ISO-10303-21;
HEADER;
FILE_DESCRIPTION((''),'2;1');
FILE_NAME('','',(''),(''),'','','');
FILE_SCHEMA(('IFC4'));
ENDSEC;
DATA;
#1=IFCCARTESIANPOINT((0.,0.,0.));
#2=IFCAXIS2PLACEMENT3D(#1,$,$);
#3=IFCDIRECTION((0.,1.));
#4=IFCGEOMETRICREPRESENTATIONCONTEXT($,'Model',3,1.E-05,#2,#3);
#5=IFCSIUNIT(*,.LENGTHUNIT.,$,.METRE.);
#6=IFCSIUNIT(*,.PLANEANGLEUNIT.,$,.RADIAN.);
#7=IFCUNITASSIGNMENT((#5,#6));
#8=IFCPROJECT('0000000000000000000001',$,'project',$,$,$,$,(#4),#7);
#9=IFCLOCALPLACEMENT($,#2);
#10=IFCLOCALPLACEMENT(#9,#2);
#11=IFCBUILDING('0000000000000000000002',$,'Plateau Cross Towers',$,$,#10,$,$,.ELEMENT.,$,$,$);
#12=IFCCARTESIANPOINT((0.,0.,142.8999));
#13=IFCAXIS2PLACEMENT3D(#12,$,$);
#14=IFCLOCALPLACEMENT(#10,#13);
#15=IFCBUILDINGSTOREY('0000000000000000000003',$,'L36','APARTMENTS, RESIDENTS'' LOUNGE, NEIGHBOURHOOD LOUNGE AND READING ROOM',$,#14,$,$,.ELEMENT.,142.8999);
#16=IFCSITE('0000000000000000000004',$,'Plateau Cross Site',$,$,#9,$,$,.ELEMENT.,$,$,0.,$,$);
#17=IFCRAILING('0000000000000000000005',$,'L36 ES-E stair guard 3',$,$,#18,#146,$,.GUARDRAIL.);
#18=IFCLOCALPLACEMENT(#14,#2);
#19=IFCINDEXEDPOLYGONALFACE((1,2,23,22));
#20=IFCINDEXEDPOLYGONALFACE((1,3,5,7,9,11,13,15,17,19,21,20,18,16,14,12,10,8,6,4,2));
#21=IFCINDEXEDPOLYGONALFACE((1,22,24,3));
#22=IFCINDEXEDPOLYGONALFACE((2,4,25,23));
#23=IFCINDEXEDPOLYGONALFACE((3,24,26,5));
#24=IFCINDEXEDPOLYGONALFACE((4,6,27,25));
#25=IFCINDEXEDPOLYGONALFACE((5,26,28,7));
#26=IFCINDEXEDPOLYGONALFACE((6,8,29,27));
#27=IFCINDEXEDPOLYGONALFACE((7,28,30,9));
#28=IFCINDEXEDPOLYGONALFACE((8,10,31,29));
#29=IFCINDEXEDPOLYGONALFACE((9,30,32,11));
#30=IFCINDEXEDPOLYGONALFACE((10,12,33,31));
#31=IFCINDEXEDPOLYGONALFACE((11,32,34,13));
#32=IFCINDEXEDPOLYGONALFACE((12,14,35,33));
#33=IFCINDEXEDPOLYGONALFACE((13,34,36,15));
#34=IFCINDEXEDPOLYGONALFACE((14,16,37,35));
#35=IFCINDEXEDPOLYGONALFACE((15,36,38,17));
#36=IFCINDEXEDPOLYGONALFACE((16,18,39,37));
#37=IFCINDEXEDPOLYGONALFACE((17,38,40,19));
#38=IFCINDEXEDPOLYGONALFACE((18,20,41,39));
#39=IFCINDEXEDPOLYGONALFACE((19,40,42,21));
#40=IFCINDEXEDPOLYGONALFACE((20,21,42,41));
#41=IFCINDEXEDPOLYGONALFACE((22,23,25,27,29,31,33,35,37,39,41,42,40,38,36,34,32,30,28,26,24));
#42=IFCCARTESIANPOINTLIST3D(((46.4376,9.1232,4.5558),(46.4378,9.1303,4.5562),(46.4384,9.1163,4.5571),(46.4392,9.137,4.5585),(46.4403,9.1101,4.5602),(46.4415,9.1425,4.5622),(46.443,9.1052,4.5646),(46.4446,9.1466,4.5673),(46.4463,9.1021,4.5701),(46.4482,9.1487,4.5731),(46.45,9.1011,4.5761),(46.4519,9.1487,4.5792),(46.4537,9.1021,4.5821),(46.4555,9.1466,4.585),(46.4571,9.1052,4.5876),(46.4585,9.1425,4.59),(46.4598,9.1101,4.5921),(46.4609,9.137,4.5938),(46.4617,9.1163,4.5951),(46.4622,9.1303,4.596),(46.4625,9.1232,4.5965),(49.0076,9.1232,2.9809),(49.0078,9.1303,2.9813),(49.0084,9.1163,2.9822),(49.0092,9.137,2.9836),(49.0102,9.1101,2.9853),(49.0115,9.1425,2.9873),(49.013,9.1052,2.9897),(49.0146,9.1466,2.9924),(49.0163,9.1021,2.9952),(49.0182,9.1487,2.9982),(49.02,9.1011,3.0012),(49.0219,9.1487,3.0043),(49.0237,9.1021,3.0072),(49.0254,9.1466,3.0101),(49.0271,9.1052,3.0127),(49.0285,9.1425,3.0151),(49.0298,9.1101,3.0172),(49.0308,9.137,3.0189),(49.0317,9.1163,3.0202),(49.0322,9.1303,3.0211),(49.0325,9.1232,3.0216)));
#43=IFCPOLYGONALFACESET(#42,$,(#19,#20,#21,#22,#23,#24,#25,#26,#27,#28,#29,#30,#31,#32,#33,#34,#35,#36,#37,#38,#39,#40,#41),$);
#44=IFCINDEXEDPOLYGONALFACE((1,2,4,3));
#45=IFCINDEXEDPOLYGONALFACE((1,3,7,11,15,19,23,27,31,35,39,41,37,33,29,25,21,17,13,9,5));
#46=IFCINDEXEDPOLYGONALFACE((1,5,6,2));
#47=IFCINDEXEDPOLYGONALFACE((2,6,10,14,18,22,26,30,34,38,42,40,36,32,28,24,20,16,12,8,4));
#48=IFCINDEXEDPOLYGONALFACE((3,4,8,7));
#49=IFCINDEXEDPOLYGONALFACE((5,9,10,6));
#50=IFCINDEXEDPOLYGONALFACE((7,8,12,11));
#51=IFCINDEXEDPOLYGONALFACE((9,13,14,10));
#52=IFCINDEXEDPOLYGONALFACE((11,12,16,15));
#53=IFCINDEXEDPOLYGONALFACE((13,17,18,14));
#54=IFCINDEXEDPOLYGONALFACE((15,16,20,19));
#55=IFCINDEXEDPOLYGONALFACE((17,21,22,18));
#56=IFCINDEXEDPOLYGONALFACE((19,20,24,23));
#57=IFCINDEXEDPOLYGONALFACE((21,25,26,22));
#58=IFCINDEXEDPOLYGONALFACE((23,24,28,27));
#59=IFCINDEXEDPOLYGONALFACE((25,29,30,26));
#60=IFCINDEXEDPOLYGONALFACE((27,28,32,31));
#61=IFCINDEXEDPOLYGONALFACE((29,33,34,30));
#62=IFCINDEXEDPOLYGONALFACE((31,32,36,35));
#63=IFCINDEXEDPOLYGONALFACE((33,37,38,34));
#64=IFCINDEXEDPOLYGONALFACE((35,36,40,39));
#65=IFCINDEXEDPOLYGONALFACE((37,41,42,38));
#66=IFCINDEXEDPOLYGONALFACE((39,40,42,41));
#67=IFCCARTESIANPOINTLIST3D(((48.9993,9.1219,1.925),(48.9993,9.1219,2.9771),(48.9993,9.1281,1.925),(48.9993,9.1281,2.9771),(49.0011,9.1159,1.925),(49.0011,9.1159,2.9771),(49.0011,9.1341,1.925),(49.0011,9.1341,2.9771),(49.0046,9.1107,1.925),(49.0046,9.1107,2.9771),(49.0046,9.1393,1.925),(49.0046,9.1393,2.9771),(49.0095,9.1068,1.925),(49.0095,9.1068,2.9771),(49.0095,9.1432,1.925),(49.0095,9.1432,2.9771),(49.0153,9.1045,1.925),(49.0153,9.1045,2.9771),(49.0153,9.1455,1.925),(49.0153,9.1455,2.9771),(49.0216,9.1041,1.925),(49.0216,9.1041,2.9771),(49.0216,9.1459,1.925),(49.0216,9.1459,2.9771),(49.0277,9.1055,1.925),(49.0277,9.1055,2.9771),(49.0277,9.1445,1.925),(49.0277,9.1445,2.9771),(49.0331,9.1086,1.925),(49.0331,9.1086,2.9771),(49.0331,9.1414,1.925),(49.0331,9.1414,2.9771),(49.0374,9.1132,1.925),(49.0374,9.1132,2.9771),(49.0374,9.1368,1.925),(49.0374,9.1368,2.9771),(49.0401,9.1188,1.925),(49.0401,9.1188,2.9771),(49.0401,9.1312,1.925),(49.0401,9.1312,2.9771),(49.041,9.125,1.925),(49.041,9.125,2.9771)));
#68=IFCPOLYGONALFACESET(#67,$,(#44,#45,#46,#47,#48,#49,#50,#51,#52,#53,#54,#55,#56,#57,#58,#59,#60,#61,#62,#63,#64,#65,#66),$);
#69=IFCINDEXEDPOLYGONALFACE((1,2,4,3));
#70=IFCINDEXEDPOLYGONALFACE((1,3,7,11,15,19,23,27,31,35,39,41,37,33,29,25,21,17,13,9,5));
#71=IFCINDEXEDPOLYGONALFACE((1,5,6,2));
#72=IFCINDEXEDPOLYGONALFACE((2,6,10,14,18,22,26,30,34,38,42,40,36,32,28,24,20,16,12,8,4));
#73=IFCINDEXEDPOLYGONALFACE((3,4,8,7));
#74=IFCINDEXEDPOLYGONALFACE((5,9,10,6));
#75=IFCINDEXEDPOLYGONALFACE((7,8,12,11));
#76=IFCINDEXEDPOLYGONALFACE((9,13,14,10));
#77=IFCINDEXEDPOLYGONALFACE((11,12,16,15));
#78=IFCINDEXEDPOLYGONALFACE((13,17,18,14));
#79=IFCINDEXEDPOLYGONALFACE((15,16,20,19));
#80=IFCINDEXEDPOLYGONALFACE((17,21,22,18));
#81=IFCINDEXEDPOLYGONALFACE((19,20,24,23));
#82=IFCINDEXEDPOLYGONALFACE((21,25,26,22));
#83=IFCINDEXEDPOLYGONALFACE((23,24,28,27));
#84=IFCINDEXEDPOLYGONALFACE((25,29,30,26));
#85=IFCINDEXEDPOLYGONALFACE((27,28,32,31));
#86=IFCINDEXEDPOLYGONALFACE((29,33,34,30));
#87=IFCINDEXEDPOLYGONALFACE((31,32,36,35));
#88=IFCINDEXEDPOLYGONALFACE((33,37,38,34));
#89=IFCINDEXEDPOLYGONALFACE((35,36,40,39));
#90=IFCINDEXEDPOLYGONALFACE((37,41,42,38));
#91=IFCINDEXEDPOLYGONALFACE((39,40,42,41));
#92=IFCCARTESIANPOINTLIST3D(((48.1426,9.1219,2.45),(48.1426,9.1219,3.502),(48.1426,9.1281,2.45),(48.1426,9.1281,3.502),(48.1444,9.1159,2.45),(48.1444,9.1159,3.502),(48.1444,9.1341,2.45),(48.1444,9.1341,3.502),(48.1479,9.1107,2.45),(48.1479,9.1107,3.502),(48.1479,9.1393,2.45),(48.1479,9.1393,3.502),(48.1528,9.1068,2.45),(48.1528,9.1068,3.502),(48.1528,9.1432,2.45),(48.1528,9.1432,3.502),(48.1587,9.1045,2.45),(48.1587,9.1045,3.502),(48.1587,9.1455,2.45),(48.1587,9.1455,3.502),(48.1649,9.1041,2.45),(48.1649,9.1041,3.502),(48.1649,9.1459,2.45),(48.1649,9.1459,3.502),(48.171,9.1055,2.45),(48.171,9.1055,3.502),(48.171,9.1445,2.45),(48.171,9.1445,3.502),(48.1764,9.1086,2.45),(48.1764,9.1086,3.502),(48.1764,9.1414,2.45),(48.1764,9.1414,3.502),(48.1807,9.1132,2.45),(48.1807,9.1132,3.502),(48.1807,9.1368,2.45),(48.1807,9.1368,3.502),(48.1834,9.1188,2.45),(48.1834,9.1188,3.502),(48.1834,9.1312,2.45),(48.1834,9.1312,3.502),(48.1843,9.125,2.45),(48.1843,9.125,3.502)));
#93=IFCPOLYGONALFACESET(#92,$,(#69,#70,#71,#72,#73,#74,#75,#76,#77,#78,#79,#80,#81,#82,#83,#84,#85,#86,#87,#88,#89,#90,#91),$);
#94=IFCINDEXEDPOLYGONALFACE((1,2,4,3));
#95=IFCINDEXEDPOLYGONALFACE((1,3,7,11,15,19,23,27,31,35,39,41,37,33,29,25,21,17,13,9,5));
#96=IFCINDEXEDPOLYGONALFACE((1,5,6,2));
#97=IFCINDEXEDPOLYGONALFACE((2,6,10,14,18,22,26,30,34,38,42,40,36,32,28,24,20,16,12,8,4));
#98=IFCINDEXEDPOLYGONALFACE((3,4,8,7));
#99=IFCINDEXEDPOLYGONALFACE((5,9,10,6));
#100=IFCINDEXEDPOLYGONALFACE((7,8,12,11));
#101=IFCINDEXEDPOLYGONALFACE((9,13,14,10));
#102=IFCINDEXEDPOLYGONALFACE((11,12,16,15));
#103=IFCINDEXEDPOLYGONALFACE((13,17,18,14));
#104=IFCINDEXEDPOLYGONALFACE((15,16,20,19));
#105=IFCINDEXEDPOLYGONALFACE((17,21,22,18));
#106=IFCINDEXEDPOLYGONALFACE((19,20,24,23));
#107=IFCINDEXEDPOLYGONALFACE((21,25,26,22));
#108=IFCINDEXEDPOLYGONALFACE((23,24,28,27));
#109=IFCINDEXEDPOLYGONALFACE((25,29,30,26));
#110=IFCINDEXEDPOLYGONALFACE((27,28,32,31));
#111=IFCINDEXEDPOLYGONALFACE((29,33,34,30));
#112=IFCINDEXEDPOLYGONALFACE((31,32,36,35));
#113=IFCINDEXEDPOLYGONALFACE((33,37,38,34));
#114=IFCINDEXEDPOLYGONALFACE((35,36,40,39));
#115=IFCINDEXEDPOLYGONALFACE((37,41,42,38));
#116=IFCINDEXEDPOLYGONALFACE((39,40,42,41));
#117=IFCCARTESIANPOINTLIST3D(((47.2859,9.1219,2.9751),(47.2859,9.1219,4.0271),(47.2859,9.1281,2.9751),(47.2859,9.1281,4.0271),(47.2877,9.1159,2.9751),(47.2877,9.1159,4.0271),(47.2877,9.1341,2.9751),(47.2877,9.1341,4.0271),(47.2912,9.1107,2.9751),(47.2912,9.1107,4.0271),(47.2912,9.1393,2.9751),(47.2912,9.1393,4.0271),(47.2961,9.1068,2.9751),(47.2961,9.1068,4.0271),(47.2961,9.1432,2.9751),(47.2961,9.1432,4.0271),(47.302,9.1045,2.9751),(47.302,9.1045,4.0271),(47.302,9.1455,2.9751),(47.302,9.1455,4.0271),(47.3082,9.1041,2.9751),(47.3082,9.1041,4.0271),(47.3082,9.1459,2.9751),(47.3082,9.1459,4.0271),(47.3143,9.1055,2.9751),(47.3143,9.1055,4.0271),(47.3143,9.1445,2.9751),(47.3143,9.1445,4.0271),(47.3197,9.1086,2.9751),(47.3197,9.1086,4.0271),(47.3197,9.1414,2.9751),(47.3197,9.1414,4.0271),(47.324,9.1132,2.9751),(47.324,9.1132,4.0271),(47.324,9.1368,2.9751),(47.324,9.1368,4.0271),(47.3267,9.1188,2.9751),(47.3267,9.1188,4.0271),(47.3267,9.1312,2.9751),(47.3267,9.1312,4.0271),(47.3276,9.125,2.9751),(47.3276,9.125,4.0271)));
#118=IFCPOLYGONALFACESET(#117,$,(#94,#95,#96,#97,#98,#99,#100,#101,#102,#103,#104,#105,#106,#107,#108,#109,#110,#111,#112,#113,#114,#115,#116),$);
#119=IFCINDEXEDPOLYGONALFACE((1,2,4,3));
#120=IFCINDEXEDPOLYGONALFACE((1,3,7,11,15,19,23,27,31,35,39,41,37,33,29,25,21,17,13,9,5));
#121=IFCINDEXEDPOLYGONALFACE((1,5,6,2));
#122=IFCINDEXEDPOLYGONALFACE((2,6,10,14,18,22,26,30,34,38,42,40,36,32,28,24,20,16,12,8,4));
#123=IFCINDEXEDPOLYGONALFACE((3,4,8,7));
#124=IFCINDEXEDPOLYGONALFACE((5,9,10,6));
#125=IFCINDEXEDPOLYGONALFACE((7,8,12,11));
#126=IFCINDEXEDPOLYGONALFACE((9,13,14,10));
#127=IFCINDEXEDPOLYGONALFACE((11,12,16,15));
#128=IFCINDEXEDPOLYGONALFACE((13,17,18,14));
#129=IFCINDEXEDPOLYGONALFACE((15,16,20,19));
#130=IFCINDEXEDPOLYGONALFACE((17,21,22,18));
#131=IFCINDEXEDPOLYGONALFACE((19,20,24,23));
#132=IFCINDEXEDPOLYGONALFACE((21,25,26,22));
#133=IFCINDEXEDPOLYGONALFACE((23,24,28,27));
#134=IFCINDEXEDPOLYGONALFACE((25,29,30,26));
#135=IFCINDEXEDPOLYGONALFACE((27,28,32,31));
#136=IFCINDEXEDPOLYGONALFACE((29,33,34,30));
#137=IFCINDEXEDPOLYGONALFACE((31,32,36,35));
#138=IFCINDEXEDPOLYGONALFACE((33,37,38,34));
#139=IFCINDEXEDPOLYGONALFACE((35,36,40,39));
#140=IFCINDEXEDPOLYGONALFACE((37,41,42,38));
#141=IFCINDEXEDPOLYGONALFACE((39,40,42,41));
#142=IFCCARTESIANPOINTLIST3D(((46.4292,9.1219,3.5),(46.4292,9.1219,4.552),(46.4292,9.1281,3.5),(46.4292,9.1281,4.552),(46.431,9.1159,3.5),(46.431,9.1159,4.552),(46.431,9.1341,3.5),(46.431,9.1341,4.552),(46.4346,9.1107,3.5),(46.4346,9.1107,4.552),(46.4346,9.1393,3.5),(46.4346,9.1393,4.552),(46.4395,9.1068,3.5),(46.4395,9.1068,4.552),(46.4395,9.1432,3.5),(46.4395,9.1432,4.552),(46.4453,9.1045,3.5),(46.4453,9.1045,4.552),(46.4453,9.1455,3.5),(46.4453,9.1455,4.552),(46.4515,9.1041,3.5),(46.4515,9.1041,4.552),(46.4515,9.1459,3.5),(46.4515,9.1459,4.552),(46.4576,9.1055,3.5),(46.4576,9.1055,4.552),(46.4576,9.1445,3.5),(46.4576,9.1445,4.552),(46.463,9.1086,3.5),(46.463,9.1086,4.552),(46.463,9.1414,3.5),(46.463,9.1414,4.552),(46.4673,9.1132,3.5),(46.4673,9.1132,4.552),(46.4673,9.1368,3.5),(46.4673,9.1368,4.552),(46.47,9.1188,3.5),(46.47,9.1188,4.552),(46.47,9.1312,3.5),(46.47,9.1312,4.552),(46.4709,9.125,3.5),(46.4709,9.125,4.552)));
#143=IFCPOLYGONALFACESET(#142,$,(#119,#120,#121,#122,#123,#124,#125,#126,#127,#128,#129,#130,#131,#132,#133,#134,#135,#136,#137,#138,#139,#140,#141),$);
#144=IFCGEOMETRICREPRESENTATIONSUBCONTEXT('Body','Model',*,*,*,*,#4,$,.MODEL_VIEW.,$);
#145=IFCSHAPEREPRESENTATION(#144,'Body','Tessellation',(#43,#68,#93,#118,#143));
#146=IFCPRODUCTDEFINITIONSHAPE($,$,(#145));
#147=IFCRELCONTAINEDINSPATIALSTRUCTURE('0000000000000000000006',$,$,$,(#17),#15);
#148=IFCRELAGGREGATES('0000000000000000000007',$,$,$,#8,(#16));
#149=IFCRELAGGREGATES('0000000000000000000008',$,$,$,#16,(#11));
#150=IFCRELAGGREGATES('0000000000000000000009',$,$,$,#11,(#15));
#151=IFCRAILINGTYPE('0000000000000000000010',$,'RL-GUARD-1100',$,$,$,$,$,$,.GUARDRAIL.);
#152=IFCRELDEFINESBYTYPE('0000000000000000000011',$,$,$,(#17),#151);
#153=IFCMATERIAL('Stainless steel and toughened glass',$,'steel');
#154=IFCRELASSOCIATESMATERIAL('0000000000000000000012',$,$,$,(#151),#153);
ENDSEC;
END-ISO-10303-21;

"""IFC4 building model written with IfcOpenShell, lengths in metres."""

from ifc_helpers import new_model, si_unit, direction, frame, origin, origin_2d, place, context, subcontext, project, spatial, circle, extrude, material, type_object, element, save


model = new_model("IFC4")

# Units and contexts
model_context = context("Model", 3, precision=1e-05, world=origin(), true_north=direction((0.0, 1.0)))
body_context = subcontext(model_context, "Body", "Model", "MODEL_VIEW")
ifc_project = project(units=[si_unit("LENGTHUNIT", "METRE"), si_unit("PLANEANGLEUNIT", "RADIAN")], contexts=[model_context])

# Site, building, storey
site_placement = place(None, origin())
site = spatial("IfcSite", under=ifc_project, at=site_placement, Name="Plateau Cross Site", CompositionType="ELEMENT", RefElevation=0.0)
building_placement = place(site_placement, origin())
building = spatial("IfcBuilding", under=site, at=building_placement, Name="Plateau Cross Towers", CompositionType="ELEMENT")
storey_placement = place(building_placement, frame((0.0, 0.0, 142.8999)))
storey = spatial("IfcBuildingStorey", under=building, at=storey_placement, Name="L36", Description="APARTMENTS, RESIDENTS' LOUNGE, NEIGHBOURHOOD LOUNGE AND READING ROOM", CompositionType="ELEMENT", Elevation=142.8999)

# Railing
ifc_material_1 = material(Name="Stainless steel and toughened glass", Category="steel")
railing_type_1 = type_object("IfcRailingType", Name="RL-GUARD-1100", PredefinedType="GUARDRAIL", material=ifc_material_1)
railing_1_placement = place(storey_placement, frame((49.02, 9.125, 1.925)))
element("IfcRailing", 1, at=railing_1_placement, inside=storey, type_object=railing_type_1, Name="L36 ES-E stair guard 3", PredefinedType="GUARDRAIL", context=body_context, shape_type="SweptSolid", body=[
    extrude(circle(Radius=0.0239, at=origin_2d()), frame((0.0, 0.0, 1.0762), z_axis=(-0.852639, 0.0, 0.522501), x_axis=(0.0, -1.0, 0.0)), (0.0, 0.0, 1.0), 3.0142),
    extrude(circle(Radius=0.021, at=origin_2d()), origin(), (0.0, 0.0, 1.0), 1.052),
    extrude(circle(Radius=0.021, at=origin_2d()), frame((-0.8567, 0.0, 0.5249)), (0.0, 0.0, 1.0), 1.052),
    extrude(circle(Radius=0.021, at=origin_2d()), frame((-1.7134, 0.0, 1.05)), (0.0, 0.0, 1.0), 1.052),
    extrude(circle(Radius=0.021, at=origin_2d()), frame((-2.5701, 0.0, 1.575)), (0.0, 0.0, 1.0), 1.052),
])

save(model, "model.ifc")
